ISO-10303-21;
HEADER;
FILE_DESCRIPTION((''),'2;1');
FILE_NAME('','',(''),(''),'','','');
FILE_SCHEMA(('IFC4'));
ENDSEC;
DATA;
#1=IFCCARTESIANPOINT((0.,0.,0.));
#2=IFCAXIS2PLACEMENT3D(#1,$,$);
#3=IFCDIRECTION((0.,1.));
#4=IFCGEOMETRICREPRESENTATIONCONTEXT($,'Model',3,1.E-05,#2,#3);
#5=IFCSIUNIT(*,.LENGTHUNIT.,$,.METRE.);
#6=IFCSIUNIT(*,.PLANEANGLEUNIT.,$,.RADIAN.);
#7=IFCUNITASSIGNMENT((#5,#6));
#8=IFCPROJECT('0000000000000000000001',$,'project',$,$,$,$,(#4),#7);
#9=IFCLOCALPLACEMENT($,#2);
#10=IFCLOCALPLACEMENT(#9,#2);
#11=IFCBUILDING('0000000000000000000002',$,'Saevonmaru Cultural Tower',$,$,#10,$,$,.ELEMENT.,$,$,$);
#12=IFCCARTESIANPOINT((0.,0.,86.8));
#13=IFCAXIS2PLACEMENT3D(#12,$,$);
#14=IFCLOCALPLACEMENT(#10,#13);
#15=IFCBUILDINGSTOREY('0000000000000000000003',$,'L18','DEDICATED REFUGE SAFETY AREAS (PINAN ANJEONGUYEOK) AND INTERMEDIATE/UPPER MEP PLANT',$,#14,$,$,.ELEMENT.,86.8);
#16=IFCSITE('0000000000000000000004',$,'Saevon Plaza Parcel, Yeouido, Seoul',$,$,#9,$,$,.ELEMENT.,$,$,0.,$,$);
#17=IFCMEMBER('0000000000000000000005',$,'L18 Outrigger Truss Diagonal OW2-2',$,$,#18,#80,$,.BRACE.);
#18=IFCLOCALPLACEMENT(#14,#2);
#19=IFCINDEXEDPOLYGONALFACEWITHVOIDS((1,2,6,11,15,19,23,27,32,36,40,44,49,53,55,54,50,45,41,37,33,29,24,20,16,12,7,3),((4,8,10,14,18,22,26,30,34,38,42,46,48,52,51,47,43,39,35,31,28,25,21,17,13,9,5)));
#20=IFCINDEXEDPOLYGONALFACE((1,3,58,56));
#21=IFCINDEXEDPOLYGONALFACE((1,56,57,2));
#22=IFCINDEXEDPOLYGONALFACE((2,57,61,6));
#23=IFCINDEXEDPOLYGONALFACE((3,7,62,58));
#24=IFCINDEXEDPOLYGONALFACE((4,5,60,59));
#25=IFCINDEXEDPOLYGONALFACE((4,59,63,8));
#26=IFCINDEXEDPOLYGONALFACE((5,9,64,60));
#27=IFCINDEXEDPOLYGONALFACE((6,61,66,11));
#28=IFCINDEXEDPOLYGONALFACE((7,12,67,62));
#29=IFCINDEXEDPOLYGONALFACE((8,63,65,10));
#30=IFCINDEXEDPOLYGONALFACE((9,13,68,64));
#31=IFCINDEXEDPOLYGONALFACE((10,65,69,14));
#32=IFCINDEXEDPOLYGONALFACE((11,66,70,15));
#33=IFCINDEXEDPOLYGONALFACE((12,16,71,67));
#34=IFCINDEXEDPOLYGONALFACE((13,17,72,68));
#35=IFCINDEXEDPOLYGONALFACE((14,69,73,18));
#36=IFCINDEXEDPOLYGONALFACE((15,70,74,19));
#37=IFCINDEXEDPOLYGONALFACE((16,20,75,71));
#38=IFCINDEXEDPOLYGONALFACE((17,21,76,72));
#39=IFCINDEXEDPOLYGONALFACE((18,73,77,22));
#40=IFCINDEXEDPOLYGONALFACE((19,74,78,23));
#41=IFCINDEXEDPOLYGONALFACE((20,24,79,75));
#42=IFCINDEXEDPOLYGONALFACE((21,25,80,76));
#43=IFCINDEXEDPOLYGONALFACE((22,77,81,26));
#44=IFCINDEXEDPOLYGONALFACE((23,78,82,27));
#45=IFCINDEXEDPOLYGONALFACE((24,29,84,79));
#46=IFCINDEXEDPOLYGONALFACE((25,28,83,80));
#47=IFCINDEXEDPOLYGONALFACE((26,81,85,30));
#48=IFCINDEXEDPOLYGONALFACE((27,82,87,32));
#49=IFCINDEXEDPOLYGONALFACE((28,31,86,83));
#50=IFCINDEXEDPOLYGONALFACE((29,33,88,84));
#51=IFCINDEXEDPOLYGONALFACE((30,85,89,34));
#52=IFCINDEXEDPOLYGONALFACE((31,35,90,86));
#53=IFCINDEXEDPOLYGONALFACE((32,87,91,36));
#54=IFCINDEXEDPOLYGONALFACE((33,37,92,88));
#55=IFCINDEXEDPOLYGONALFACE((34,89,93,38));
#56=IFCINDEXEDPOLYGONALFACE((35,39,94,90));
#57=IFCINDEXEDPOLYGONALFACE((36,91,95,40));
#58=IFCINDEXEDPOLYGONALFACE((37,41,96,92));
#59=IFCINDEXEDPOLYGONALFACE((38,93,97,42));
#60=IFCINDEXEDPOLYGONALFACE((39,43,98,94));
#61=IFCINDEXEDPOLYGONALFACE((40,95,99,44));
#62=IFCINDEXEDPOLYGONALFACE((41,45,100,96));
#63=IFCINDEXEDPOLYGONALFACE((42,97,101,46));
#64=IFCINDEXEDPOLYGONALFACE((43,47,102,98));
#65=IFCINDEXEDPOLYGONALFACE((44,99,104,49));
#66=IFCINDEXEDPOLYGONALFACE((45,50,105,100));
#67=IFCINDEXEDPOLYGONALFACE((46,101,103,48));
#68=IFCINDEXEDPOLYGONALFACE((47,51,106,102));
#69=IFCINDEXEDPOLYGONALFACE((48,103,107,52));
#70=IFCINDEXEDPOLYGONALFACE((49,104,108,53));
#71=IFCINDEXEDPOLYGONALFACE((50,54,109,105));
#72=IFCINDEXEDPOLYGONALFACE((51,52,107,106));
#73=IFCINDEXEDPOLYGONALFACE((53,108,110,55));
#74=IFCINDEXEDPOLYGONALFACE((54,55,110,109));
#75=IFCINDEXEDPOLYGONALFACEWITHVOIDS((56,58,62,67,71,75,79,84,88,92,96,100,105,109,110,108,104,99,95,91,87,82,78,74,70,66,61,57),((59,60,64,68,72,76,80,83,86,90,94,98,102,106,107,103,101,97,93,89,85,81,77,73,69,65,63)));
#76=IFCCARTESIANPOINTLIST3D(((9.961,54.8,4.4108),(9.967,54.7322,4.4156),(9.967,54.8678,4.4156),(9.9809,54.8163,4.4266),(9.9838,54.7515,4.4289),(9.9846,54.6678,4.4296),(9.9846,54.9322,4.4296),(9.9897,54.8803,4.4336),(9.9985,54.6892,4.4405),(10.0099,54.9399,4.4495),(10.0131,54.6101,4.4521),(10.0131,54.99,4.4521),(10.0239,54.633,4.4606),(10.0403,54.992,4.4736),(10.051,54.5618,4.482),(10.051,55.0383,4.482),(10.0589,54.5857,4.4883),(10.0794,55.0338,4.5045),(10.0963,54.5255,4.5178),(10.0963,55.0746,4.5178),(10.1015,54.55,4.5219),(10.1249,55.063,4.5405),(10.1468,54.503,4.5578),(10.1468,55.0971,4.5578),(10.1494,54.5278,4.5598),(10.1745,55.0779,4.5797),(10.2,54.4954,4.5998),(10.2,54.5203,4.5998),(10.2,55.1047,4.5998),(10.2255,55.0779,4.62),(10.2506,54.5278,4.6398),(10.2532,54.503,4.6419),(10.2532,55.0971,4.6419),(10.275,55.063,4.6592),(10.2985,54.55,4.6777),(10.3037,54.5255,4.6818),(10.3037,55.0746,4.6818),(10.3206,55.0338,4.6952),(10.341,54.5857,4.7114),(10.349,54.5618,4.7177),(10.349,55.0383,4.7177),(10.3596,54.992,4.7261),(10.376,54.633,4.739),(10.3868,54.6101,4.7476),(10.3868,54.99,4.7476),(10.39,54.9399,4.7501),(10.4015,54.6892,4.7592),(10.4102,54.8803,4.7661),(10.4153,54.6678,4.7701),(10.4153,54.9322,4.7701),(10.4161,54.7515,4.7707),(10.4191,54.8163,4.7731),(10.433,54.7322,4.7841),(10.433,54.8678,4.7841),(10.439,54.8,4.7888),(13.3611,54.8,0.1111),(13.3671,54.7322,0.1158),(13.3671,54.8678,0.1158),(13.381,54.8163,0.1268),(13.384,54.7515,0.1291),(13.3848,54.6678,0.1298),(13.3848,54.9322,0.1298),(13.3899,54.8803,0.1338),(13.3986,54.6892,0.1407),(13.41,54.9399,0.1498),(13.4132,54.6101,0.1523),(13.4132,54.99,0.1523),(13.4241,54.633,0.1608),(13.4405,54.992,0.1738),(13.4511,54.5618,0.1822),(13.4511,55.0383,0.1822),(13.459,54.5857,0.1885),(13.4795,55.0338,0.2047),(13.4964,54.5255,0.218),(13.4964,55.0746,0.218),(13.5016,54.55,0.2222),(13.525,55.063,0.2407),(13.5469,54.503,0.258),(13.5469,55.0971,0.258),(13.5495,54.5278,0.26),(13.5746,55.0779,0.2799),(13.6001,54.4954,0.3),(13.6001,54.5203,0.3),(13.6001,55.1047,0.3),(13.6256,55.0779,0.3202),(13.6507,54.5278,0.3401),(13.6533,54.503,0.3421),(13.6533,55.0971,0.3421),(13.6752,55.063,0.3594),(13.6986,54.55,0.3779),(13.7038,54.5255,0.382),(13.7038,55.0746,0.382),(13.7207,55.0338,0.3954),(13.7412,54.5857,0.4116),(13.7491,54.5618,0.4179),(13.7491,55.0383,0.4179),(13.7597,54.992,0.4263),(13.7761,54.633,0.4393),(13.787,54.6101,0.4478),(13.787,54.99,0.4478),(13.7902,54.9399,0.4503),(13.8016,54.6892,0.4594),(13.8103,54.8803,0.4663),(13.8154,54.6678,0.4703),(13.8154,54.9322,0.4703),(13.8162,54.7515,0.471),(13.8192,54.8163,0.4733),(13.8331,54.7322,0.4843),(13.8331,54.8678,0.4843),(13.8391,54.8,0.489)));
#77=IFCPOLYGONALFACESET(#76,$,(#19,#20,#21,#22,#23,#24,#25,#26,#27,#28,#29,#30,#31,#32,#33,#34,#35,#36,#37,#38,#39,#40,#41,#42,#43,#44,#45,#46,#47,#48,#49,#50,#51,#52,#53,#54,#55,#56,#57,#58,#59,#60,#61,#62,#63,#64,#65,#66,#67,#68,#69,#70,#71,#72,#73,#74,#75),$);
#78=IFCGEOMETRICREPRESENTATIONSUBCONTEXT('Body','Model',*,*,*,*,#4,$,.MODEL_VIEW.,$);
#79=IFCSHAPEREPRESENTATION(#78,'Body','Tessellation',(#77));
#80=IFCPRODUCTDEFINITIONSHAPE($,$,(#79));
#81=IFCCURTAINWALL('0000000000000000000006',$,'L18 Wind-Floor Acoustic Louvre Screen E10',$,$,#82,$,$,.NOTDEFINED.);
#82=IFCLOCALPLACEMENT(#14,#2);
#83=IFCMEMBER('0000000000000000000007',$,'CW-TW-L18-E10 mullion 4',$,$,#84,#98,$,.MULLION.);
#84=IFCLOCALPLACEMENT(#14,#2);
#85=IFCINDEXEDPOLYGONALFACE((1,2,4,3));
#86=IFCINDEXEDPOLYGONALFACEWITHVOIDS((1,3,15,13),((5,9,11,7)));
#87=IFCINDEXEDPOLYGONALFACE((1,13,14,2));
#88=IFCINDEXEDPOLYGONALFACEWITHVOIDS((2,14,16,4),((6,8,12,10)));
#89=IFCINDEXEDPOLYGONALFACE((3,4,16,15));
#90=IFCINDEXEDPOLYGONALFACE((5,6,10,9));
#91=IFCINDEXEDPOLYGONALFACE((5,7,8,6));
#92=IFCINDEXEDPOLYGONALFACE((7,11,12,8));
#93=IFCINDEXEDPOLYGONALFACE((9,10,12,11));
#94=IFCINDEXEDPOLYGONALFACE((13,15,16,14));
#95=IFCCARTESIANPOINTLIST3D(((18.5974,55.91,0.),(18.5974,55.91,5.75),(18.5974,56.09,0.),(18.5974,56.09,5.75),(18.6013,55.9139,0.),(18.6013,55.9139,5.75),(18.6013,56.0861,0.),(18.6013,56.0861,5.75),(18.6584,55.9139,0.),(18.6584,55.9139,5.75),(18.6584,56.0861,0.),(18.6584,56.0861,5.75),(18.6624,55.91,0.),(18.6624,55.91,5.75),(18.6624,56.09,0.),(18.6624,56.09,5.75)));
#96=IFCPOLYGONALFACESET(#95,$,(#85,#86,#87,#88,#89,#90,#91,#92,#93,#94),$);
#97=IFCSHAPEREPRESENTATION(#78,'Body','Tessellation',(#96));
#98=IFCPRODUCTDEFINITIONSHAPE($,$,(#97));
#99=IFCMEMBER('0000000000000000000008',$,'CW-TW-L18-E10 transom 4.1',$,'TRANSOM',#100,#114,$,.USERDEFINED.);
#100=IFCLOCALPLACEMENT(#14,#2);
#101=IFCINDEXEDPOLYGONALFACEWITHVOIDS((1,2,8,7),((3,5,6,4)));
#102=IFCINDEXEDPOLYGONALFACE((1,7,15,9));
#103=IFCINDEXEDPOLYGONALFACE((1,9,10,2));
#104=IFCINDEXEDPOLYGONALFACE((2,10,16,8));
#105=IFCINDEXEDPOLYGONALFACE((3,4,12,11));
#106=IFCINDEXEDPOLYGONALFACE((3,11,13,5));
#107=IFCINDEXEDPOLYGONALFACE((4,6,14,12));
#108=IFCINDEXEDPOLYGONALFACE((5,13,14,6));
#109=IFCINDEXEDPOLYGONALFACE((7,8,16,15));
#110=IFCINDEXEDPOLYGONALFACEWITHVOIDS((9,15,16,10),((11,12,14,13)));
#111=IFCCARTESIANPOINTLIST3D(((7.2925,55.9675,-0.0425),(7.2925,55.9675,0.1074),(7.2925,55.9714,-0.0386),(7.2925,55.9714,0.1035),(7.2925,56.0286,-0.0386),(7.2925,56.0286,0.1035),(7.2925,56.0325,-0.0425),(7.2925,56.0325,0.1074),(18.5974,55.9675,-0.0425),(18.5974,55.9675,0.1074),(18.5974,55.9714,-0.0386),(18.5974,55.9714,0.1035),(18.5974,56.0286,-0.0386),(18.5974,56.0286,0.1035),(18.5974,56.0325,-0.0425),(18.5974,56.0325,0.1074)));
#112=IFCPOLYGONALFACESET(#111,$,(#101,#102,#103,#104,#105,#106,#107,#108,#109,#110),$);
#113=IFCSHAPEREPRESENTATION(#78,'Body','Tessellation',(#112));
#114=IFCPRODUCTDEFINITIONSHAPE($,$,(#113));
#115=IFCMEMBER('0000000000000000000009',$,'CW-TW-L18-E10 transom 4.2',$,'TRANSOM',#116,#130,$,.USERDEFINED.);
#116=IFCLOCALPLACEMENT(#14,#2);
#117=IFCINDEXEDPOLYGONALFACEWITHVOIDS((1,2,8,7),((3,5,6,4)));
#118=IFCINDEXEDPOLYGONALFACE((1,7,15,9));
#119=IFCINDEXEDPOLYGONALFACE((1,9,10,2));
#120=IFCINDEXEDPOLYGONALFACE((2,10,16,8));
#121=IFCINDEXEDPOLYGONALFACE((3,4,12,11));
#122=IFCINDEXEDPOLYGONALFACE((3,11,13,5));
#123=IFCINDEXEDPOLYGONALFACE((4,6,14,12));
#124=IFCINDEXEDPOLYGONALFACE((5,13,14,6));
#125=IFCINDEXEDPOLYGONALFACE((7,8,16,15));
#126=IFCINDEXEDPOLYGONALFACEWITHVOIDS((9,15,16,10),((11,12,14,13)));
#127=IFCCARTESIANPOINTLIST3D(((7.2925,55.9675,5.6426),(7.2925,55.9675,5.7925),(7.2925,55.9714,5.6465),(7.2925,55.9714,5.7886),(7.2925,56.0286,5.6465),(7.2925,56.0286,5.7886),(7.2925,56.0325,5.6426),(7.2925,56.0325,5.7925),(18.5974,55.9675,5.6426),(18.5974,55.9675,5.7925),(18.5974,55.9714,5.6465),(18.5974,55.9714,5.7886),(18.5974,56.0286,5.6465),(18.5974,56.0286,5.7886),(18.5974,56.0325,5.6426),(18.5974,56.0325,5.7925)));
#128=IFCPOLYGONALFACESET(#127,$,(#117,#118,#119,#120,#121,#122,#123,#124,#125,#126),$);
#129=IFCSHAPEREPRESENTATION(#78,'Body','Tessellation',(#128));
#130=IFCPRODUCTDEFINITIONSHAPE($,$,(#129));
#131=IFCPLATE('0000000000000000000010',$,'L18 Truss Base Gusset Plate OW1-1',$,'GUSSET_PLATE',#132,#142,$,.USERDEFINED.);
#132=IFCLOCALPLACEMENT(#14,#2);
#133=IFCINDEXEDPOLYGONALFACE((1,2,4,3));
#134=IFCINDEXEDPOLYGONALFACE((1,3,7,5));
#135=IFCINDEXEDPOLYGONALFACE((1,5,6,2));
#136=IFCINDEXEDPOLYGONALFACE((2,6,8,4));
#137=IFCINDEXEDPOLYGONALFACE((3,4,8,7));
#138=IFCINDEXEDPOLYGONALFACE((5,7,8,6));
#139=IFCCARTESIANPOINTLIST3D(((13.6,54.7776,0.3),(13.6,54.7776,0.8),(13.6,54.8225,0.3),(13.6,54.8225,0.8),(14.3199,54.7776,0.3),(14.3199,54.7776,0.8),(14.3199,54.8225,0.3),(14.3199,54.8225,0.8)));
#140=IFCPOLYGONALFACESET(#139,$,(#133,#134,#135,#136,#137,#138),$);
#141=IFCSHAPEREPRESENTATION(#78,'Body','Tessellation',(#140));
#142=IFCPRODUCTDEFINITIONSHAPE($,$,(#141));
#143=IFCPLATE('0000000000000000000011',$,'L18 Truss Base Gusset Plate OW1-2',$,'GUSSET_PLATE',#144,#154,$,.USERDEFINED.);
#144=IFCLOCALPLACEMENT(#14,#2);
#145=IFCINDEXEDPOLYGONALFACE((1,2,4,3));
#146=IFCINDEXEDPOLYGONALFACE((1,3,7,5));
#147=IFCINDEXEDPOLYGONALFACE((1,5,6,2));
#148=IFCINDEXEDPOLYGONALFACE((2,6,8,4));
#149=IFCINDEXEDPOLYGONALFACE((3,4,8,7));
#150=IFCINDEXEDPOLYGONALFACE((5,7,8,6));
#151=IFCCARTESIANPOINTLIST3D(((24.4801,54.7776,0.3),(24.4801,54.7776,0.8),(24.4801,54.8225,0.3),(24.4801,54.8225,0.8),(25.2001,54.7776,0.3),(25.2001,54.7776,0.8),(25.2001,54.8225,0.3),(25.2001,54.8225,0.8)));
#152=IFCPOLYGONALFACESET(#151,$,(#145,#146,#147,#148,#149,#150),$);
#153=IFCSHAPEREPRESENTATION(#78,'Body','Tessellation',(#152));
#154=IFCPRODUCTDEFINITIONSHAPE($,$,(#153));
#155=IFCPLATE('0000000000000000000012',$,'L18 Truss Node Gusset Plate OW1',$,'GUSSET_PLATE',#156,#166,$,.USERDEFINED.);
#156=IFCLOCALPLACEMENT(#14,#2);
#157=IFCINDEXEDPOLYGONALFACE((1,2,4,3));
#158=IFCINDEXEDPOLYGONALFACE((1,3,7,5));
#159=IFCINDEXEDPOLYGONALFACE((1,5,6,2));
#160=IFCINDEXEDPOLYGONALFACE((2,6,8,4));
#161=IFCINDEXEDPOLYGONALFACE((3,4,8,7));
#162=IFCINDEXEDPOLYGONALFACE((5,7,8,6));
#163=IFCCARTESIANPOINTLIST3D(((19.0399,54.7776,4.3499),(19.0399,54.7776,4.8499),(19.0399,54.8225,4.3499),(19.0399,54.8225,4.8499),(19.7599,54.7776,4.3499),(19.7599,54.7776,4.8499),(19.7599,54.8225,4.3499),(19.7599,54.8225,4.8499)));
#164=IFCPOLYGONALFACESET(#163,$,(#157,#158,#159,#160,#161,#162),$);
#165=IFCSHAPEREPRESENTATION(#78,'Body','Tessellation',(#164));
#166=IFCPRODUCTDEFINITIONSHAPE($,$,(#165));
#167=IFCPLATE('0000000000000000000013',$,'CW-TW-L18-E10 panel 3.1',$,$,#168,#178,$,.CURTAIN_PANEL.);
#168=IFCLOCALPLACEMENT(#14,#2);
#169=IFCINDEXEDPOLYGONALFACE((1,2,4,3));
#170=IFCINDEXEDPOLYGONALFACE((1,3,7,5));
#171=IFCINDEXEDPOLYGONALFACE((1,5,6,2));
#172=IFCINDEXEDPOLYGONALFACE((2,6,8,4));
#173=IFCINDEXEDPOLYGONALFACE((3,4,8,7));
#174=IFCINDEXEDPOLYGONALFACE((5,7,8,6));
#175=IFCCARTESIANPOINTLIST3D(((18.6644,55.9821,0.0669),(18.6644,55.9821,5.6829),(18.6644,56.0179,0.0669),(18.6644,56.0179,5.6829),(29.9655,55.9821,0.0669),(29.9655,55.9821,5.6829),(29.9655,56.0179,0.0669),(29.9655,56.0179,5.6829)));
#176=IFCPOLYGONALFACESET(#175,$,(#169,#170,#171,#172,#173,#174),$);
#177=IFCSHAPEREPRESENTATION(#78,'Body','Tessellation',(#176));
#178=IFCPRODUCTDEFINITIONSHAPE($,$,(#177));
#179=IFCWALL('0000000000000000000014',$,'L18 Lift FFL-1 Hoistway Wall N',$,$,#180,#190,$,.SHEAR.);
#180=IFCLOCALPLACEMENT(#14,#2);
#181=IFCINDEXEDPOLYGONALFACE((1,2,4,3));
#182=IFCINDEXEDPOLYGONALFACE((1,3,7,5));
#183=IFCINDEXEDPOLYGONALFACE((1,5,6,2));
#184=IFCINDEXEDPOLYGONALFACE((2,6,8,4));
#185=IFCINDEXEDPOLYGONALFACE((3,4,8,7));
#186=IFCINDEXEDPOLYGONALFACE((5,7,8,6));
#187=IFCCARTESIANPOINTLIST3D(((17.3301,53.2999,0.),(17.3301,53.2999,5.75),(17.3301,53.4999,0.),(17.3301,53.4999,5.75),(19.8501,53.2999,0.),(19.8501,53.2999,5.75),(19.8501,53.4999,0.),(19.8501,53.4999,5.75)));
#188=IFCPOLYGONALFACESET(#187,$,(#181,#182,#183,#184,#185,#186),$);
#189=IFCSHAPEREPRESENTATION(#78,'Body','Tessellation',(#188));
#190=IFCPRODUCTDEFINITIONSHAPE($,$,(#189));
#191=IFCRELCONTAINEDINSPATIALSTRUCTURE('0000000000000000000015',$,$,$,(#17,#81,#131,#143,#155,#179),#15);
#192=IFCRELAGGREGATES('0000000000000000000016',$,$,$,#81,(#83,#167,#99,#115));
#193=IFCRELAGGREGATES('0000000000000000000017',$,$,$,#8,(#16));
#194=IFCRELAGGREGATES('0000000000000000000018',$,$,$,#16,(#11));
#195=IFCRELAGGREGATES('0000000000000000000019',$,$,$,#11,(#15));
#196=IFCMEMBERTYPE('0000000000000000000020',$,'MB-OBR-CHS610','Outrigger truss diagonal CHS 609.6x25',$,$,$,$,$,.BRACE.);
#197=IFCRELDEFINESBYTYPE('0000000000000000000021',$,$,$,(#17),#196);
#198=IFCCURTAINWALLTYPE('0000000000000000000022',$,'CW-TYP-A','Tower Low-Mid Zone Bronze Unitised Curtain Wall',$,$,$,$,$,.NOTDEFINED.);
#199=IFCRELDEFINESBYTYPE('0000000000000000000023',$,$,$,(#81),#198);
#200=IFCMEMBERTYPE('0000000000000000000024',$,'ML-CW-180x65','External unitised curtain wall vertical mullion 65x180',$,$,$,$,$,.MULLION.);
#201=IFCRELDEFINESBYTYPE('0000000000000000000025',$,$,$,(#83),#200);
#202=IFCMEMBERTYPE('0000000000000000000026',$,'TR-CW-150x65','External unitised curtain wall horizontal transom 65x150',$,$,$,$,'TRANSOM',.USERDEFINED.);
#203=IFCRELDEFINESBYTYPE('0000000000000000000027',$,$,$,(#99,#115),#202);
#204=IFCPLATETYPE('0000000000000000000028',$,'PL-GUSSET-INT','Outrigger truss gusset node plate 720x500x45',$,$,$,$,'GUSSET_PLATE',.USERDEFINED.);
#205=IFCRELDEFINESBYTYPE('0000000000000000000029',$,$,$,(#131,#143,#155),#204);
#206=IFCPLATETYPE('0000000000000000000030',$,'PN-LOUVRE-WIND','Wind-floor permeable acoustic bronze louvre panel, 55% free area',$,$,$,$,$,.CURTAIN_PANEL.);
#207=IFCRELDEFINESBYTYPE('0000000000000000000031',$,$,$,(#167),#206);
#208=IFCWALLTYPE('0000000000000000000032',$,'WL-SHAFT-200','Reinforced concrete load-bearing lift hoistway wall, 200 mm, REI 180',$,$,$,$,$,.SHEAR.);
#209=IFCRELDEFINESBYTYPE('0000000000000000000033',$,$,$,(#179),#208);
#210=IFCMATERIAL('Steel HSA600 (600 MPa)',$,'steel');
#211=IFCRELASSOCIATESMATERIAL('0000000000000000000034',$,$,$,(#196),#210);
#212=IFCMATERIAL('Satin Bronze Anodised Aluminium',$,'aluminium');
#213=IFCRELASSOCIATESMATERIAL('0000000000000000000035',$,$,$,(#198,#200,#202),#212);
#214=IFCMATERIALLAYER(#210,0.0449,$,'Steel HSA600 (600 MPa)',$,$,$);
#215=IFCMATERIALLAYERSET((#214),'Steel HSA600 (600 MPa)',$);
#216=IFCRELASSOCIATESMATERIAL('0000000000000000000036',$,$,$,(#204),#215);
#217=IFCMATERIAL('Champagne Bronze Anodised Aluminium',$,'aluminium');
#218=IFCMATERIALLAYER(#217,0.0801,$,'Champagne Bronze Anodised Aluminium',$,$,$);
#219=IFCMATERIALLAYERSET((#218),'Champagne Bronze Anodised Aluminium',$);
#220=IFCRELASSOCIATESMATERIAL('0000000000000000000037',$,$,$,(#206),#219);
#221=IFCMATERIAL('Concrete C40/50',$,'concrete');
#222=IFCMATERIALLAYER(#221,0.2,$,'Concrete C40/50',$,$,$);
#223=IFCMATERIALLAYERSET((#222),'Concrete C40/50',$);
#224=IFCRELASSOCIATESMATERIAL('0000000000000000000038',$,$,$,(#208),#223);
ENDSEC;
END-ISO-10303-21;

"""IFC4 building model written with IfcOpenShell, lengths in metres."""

from ifc_helpers import new_model, si_unit, direction, frame, frame_2d, origin, origin_2d, place, context, subcontext, project, spatial, rectangle, hollow_rectangle, hollow_circle, extrude, material, layer, layer_set, material_profile, profile_set, type_object, element, aggregate, save


model = new_model("IFC4")

# Units and contexts
model_context = context("Model", 3, precision=1e-05, world=origin(), true_north=direction((0.0, 1.0)))
body_context = subcontext(model_context, "Body", "Model", "MODEL_VIEW")
ifc_project = project(units=[si_unit("LENGTHUNIT", "METRE"), si_unit("PLANEANGLEUNIT", "RADIAN")], contexts=[model_context])

# Site, building, storey
site_placement = place(None, origin())
site = spatial("IfcSite", under=ifc_project, at=site_placement, Name="Saevon Plaza Parcel, Yeouido, Seoul", CompositionType="ELEMENT", RefElevation=0.0)
building_placement = place(site_placement, origin())
building = spatial("IfcBuilding", under=site, at=building_placement, Name="Saevonmaru Cultural Tower", CompositionType="ELEMENT")
storey_placement = place(building_placement, frame((0.0, 0.0, 86.8)))
storey = spatial("IfcBuildingStorey", under=building, at=storey_placement, Name="L18", Description="DEDICATED REFUGE SAFETY AREAS (PINAN ANJEONGUYEOK) AND INTERMEDIATE/UPPER MEP PLANT", CompositionType="ELEMENT", Elevation=86.8)

# Shared definitions
ifc_material_1 = material(Name="Steel HSA600 (600 MPa)", Category="steel")

# Member
ifc_material_profile_1 = material_profile(ifc_material_1, hollow_circle(Radius=0.3047, WallThickness=0.0249, at=origin_2d()), Name="CHS-609.6x25")
ifc_profile_set_1 = profile_set([ifc_material_profile_1], Name="Steel HSA600 (600 MPa)")
member_type_1 = type_object("IfcMemberType", Name="MB-OBR-CHS610", Description="Outrigger truss diagonal CHS 609.6x25", PredefinedType="BRACE", material=ifc_profile_set_1)
member_1_placement = place(storey_placement, frame((13.6001, 54.8, 0.3), z_axis=(-0.620269, 0.0, 0.784389), x_axis=(0.0, -1.0, 0.0)))
element("IfcMember", 1, at=member_1_placement, inside=storey, type_object=member_type_1, Name="L18 Outrigger Truss Diagonal OW2-2", PredefinedType="BRACE", context=body_context, shape_type="SweptSolid", body=[
    extrude(hollow_circle(Radius=0.3047, WallThickness=0.0249, at=origin_2d()), origin(), (0.0, 0.0, 1.0), 5.4817),
])

# Curtain wall, members
ifc_material_2 = material(Name="Satin Bronze Anodised Aluminium", Category="aluminium")
curtain_wall_type = type_object("IfcCurtainWallType", Name="CW-TYP-A", Description="Tower Low-Mid Zone Bronze Unitised Curtain Wall", PredefinedType="NOTDEFINED", material=ifc_material_2)
curtain_wall_placement = place(storey_placement, origin())
curtain_wall = element("IfcCurtainWall", 2, at=curtain_wall_placement, inside=storey, type_object=curtain_wall_type, Name="L18 Wind-Floor Acoustic Louvre Screen E10", PredefinedType="NOTDEFINED")
ifc_material_profile_2 = material_profile(ifc_material_2, hollow_rectangle(XDim=0.0649, YDim=0.1799, WallThickness=0.0039, at=origin_2d()), Name="ALU-MULL-180x65x4")
ifc_profile_set_2 = profile_set([ifc_material_profile_2], Name="Satin Bronze Anodised Aluminium")
member_type_2 = type_object("IfcMemberType", Name="ML-CW-180x65", Description="External unitised curtain wall vertical mullion 65x180", PredefinedType="MULLION", material=ifc_profile_set_2)
member_2_placement = place(storey_placement, frame((18.6299, 56.0, 0.0), z_axis=(0.0, 0.0, 1.0), x_axis=(-1.0, 0.0, 0.0)))
member_2 = element("IfcMember", 3, at=member_2_placement, type_object=member_type_2, Name="CW-TW-L18-E10 mullion 4", PredefinedType="MULLION", context=body_context, shape_type="SweptSolid", body=[
    extrude(hollow_rectangle(XDim=0.0649, YDim=0.1799, WallThickness=0.0039, at=origin_2d()), origin(), (0.0, 0.0, 1.0), 5.75),
])
ifc_material_profile_3 = material_profile(ifc_material_2, hollow_rectangle(XDim=0.0649, YDim=0.1499, WallThickness=0.0039, at=origin_2d()), Name="ALU-TRAN-150x65x4")
ifc_profile_set_3 = profile_set([ifc_material_profile_3], Name="Satin Bronze Anodised Aluminium")
member_type_3 = type_object("IfcMemberType", Name="TR-CW-150x65", Description="External unitised curtain wall horizontal transom 65x150", ElementType="TRANSOM", PredefinedType="USERDEFINED", material=ifc_profile_set_3)
member_3_placement = place(storey_placement, frame((18.5974, 56.0, 0.0325), z_axis=(-1.0, 0.0, 0.0), x_axis=(0.0, -1.0, 0.0)))
member_3 = element("IfcMember", 4, at=member_3_placement, type_object=member_type_3, Name="CW-TW-L18-E10 transom 4.1", ObjectType="TRANSOM", PredefinedType="USERDEFINED", context=body_context, shape_type="SweptSolid", body=[
    extrude(hollow_rectangle(XDim=0.0649, YDim=0.1499, WallThickness=0.0039, at=origin_2d()), origin(), (0.0, 0.0, 1.0), 11.3049),
])
member_4_placement = place(storey_placement, frame((18.5974, 56.0, 5.7175), z_axis=(-1.0, 0.0, 0.0), x_axis=(0.0, -1.0, 0.0)))
member_4 = element("IfcMember", 5, at=member_4_placement, type_object=member_type_3, Name="CW-TW-L18-E10 transom 4.2", ObjectType="TRANSOM", PredefinedType="USERDEFINED", context=body_context, shape_type="SweptSolid", body=[
    extrude(hollow_rectangle(XDim=0.0649, YDim=0.1499, WallThickness=0.0039, at=origin_2d()), origin(), (0.0, 0.0, 1.0), 11.3049),
])

# Plates
ifc_layer_1 = layer(ifc_material_1, 0.0449, Name="Steel HSA600 (600 MPa)")
ifc_layer_set_1 = layer_set([ifc_layer_1], Name="Steel HSA600 (600 MPa)")
plate_type_1 = type_object("IfcPlateType", Name="PL-GUSSET-INT", Description="Outrigger truss gusset node plate 720x500x45", ElementType="GUSSET_PLATE", PredefinedType="USERDEFINED", material=ifc_layer_set_1)
for number, where, z_axis, x_axis, name in (
    (6, (13.96, 54.8, 0.3), (0.0, 0.0, 1.0), (1.0, 0.0, 0.0), "L18 Truss Base Gusset Plate OW1-1"),
    (7, (24.8401, 54.8, 0.3), (0.0, 0.0, 1.0), (1.0, 0.0, 0.0), "L18 Truss Base Gusset Plate OW1-2"),
    (8, (19.3999, 54.8, 4.3499), (0.0, 0.0, 1.0), (1.0, 0.0, 0.0), "L18 Truss Node Gusset Plate OW1"),
):
    element("IfcPlate", number, at=place(storey_placement, frame(where, z_axis=z_axis, x_axis=x_axis)), inside=storey, type_object=plate_type_1, Name=name, ObjectType="GUSSET_PLATE", PredefinedType="USERDEFINED", context=body_context, shape_type="SweptSolid", body=[
        extrude(rectangle(XDim=0.72, YDim=0.0449, at=origin_2d()), origin(), (0.0, 0.0, 1.0), 0.5),
    ])

# Plate
ifc_material_3 = material(Name="Champagne Bronze Anodised Aluminium", Category="aluminium")
ifc_layer_2 = layer(ifc_material_3, 0.0801, Name="Champagne Bronze Anodised Aluminium")
ifc_layer_set_2 = layer_set([ifc_layer_2], Name="Champagne Bronze Anodised Aluminium")
plate_type_2 = type_object("IfcPlateType", Name="PN-LOUVRE-WIND", Description="Wind-floor permeable acoustic bronze louvre panel, 55% free area", PredefinedType="CURTAIN_PANEL", material=ifc_layer_set_2)
plate_placement = place(storey_placement, frame((24.3149, 56.0, 0.0669), z_axis=(0.0, 0.0, 1.0), x_axis=(-1.0, 0.0, 0.0)))
plate = element("IfcPlate", 9, at=plate_placement, type_object=plate_type_2, Name="CW-TW-L18-E10 panel 3.1", PredefinedType="CURTAIN_PANEL", context=body_context, shape_type="SweptSolid", body=[
    extrude(rectangle(XDim=11.301, YDim=0.0359, at=origin_2d()), origin(), (0.0, 0.0, 1.0), 5.616),
])
aggregate(curtain_wall, [member_2, plate, member_3, member_4])

# Wall
ifc_material_4 = material(Name="Concrete C40/50", Category="concrete")
ifc_layer_3 = layer(ifc_material_4, 0.2, Name="Concrete C40/50")
ifc_layer_set_3 = layer_set([ifc_layer_3], Name="Concrete C40/50")
wall_type = type_object("IfcWallType", Name="WL-SHAFT-200", Description="Reinforced concrete load-bearing lift hoistway wall, 200 mm, REI 180", PredefinedType="SHEAR", material=ifc_layer_set_3)
wall_1_placement = place(storey_placement, frame((17.3301, 53.3999, 0.0), z_axis=(0.0, 0.0, 1.0), x_axis=(1.0, 0.0, 0.0)))
element("IfcWall", 10, at=wall_1_placement, inside=storey, type_object=wall_type, Name="L18 Lift FFL-1 Hoistway Wall N", PredefinedType="SHEAR", context=body_context, shape_type="SweptSolid", body=[
    extrude(rectangle(XDim=2.52, YDim=0.2, at=frame_2d((1.26, 0.0))), origin(), (0.0, 0.0, 1.0), 5.75),
])

save(model, "model.ifc")
